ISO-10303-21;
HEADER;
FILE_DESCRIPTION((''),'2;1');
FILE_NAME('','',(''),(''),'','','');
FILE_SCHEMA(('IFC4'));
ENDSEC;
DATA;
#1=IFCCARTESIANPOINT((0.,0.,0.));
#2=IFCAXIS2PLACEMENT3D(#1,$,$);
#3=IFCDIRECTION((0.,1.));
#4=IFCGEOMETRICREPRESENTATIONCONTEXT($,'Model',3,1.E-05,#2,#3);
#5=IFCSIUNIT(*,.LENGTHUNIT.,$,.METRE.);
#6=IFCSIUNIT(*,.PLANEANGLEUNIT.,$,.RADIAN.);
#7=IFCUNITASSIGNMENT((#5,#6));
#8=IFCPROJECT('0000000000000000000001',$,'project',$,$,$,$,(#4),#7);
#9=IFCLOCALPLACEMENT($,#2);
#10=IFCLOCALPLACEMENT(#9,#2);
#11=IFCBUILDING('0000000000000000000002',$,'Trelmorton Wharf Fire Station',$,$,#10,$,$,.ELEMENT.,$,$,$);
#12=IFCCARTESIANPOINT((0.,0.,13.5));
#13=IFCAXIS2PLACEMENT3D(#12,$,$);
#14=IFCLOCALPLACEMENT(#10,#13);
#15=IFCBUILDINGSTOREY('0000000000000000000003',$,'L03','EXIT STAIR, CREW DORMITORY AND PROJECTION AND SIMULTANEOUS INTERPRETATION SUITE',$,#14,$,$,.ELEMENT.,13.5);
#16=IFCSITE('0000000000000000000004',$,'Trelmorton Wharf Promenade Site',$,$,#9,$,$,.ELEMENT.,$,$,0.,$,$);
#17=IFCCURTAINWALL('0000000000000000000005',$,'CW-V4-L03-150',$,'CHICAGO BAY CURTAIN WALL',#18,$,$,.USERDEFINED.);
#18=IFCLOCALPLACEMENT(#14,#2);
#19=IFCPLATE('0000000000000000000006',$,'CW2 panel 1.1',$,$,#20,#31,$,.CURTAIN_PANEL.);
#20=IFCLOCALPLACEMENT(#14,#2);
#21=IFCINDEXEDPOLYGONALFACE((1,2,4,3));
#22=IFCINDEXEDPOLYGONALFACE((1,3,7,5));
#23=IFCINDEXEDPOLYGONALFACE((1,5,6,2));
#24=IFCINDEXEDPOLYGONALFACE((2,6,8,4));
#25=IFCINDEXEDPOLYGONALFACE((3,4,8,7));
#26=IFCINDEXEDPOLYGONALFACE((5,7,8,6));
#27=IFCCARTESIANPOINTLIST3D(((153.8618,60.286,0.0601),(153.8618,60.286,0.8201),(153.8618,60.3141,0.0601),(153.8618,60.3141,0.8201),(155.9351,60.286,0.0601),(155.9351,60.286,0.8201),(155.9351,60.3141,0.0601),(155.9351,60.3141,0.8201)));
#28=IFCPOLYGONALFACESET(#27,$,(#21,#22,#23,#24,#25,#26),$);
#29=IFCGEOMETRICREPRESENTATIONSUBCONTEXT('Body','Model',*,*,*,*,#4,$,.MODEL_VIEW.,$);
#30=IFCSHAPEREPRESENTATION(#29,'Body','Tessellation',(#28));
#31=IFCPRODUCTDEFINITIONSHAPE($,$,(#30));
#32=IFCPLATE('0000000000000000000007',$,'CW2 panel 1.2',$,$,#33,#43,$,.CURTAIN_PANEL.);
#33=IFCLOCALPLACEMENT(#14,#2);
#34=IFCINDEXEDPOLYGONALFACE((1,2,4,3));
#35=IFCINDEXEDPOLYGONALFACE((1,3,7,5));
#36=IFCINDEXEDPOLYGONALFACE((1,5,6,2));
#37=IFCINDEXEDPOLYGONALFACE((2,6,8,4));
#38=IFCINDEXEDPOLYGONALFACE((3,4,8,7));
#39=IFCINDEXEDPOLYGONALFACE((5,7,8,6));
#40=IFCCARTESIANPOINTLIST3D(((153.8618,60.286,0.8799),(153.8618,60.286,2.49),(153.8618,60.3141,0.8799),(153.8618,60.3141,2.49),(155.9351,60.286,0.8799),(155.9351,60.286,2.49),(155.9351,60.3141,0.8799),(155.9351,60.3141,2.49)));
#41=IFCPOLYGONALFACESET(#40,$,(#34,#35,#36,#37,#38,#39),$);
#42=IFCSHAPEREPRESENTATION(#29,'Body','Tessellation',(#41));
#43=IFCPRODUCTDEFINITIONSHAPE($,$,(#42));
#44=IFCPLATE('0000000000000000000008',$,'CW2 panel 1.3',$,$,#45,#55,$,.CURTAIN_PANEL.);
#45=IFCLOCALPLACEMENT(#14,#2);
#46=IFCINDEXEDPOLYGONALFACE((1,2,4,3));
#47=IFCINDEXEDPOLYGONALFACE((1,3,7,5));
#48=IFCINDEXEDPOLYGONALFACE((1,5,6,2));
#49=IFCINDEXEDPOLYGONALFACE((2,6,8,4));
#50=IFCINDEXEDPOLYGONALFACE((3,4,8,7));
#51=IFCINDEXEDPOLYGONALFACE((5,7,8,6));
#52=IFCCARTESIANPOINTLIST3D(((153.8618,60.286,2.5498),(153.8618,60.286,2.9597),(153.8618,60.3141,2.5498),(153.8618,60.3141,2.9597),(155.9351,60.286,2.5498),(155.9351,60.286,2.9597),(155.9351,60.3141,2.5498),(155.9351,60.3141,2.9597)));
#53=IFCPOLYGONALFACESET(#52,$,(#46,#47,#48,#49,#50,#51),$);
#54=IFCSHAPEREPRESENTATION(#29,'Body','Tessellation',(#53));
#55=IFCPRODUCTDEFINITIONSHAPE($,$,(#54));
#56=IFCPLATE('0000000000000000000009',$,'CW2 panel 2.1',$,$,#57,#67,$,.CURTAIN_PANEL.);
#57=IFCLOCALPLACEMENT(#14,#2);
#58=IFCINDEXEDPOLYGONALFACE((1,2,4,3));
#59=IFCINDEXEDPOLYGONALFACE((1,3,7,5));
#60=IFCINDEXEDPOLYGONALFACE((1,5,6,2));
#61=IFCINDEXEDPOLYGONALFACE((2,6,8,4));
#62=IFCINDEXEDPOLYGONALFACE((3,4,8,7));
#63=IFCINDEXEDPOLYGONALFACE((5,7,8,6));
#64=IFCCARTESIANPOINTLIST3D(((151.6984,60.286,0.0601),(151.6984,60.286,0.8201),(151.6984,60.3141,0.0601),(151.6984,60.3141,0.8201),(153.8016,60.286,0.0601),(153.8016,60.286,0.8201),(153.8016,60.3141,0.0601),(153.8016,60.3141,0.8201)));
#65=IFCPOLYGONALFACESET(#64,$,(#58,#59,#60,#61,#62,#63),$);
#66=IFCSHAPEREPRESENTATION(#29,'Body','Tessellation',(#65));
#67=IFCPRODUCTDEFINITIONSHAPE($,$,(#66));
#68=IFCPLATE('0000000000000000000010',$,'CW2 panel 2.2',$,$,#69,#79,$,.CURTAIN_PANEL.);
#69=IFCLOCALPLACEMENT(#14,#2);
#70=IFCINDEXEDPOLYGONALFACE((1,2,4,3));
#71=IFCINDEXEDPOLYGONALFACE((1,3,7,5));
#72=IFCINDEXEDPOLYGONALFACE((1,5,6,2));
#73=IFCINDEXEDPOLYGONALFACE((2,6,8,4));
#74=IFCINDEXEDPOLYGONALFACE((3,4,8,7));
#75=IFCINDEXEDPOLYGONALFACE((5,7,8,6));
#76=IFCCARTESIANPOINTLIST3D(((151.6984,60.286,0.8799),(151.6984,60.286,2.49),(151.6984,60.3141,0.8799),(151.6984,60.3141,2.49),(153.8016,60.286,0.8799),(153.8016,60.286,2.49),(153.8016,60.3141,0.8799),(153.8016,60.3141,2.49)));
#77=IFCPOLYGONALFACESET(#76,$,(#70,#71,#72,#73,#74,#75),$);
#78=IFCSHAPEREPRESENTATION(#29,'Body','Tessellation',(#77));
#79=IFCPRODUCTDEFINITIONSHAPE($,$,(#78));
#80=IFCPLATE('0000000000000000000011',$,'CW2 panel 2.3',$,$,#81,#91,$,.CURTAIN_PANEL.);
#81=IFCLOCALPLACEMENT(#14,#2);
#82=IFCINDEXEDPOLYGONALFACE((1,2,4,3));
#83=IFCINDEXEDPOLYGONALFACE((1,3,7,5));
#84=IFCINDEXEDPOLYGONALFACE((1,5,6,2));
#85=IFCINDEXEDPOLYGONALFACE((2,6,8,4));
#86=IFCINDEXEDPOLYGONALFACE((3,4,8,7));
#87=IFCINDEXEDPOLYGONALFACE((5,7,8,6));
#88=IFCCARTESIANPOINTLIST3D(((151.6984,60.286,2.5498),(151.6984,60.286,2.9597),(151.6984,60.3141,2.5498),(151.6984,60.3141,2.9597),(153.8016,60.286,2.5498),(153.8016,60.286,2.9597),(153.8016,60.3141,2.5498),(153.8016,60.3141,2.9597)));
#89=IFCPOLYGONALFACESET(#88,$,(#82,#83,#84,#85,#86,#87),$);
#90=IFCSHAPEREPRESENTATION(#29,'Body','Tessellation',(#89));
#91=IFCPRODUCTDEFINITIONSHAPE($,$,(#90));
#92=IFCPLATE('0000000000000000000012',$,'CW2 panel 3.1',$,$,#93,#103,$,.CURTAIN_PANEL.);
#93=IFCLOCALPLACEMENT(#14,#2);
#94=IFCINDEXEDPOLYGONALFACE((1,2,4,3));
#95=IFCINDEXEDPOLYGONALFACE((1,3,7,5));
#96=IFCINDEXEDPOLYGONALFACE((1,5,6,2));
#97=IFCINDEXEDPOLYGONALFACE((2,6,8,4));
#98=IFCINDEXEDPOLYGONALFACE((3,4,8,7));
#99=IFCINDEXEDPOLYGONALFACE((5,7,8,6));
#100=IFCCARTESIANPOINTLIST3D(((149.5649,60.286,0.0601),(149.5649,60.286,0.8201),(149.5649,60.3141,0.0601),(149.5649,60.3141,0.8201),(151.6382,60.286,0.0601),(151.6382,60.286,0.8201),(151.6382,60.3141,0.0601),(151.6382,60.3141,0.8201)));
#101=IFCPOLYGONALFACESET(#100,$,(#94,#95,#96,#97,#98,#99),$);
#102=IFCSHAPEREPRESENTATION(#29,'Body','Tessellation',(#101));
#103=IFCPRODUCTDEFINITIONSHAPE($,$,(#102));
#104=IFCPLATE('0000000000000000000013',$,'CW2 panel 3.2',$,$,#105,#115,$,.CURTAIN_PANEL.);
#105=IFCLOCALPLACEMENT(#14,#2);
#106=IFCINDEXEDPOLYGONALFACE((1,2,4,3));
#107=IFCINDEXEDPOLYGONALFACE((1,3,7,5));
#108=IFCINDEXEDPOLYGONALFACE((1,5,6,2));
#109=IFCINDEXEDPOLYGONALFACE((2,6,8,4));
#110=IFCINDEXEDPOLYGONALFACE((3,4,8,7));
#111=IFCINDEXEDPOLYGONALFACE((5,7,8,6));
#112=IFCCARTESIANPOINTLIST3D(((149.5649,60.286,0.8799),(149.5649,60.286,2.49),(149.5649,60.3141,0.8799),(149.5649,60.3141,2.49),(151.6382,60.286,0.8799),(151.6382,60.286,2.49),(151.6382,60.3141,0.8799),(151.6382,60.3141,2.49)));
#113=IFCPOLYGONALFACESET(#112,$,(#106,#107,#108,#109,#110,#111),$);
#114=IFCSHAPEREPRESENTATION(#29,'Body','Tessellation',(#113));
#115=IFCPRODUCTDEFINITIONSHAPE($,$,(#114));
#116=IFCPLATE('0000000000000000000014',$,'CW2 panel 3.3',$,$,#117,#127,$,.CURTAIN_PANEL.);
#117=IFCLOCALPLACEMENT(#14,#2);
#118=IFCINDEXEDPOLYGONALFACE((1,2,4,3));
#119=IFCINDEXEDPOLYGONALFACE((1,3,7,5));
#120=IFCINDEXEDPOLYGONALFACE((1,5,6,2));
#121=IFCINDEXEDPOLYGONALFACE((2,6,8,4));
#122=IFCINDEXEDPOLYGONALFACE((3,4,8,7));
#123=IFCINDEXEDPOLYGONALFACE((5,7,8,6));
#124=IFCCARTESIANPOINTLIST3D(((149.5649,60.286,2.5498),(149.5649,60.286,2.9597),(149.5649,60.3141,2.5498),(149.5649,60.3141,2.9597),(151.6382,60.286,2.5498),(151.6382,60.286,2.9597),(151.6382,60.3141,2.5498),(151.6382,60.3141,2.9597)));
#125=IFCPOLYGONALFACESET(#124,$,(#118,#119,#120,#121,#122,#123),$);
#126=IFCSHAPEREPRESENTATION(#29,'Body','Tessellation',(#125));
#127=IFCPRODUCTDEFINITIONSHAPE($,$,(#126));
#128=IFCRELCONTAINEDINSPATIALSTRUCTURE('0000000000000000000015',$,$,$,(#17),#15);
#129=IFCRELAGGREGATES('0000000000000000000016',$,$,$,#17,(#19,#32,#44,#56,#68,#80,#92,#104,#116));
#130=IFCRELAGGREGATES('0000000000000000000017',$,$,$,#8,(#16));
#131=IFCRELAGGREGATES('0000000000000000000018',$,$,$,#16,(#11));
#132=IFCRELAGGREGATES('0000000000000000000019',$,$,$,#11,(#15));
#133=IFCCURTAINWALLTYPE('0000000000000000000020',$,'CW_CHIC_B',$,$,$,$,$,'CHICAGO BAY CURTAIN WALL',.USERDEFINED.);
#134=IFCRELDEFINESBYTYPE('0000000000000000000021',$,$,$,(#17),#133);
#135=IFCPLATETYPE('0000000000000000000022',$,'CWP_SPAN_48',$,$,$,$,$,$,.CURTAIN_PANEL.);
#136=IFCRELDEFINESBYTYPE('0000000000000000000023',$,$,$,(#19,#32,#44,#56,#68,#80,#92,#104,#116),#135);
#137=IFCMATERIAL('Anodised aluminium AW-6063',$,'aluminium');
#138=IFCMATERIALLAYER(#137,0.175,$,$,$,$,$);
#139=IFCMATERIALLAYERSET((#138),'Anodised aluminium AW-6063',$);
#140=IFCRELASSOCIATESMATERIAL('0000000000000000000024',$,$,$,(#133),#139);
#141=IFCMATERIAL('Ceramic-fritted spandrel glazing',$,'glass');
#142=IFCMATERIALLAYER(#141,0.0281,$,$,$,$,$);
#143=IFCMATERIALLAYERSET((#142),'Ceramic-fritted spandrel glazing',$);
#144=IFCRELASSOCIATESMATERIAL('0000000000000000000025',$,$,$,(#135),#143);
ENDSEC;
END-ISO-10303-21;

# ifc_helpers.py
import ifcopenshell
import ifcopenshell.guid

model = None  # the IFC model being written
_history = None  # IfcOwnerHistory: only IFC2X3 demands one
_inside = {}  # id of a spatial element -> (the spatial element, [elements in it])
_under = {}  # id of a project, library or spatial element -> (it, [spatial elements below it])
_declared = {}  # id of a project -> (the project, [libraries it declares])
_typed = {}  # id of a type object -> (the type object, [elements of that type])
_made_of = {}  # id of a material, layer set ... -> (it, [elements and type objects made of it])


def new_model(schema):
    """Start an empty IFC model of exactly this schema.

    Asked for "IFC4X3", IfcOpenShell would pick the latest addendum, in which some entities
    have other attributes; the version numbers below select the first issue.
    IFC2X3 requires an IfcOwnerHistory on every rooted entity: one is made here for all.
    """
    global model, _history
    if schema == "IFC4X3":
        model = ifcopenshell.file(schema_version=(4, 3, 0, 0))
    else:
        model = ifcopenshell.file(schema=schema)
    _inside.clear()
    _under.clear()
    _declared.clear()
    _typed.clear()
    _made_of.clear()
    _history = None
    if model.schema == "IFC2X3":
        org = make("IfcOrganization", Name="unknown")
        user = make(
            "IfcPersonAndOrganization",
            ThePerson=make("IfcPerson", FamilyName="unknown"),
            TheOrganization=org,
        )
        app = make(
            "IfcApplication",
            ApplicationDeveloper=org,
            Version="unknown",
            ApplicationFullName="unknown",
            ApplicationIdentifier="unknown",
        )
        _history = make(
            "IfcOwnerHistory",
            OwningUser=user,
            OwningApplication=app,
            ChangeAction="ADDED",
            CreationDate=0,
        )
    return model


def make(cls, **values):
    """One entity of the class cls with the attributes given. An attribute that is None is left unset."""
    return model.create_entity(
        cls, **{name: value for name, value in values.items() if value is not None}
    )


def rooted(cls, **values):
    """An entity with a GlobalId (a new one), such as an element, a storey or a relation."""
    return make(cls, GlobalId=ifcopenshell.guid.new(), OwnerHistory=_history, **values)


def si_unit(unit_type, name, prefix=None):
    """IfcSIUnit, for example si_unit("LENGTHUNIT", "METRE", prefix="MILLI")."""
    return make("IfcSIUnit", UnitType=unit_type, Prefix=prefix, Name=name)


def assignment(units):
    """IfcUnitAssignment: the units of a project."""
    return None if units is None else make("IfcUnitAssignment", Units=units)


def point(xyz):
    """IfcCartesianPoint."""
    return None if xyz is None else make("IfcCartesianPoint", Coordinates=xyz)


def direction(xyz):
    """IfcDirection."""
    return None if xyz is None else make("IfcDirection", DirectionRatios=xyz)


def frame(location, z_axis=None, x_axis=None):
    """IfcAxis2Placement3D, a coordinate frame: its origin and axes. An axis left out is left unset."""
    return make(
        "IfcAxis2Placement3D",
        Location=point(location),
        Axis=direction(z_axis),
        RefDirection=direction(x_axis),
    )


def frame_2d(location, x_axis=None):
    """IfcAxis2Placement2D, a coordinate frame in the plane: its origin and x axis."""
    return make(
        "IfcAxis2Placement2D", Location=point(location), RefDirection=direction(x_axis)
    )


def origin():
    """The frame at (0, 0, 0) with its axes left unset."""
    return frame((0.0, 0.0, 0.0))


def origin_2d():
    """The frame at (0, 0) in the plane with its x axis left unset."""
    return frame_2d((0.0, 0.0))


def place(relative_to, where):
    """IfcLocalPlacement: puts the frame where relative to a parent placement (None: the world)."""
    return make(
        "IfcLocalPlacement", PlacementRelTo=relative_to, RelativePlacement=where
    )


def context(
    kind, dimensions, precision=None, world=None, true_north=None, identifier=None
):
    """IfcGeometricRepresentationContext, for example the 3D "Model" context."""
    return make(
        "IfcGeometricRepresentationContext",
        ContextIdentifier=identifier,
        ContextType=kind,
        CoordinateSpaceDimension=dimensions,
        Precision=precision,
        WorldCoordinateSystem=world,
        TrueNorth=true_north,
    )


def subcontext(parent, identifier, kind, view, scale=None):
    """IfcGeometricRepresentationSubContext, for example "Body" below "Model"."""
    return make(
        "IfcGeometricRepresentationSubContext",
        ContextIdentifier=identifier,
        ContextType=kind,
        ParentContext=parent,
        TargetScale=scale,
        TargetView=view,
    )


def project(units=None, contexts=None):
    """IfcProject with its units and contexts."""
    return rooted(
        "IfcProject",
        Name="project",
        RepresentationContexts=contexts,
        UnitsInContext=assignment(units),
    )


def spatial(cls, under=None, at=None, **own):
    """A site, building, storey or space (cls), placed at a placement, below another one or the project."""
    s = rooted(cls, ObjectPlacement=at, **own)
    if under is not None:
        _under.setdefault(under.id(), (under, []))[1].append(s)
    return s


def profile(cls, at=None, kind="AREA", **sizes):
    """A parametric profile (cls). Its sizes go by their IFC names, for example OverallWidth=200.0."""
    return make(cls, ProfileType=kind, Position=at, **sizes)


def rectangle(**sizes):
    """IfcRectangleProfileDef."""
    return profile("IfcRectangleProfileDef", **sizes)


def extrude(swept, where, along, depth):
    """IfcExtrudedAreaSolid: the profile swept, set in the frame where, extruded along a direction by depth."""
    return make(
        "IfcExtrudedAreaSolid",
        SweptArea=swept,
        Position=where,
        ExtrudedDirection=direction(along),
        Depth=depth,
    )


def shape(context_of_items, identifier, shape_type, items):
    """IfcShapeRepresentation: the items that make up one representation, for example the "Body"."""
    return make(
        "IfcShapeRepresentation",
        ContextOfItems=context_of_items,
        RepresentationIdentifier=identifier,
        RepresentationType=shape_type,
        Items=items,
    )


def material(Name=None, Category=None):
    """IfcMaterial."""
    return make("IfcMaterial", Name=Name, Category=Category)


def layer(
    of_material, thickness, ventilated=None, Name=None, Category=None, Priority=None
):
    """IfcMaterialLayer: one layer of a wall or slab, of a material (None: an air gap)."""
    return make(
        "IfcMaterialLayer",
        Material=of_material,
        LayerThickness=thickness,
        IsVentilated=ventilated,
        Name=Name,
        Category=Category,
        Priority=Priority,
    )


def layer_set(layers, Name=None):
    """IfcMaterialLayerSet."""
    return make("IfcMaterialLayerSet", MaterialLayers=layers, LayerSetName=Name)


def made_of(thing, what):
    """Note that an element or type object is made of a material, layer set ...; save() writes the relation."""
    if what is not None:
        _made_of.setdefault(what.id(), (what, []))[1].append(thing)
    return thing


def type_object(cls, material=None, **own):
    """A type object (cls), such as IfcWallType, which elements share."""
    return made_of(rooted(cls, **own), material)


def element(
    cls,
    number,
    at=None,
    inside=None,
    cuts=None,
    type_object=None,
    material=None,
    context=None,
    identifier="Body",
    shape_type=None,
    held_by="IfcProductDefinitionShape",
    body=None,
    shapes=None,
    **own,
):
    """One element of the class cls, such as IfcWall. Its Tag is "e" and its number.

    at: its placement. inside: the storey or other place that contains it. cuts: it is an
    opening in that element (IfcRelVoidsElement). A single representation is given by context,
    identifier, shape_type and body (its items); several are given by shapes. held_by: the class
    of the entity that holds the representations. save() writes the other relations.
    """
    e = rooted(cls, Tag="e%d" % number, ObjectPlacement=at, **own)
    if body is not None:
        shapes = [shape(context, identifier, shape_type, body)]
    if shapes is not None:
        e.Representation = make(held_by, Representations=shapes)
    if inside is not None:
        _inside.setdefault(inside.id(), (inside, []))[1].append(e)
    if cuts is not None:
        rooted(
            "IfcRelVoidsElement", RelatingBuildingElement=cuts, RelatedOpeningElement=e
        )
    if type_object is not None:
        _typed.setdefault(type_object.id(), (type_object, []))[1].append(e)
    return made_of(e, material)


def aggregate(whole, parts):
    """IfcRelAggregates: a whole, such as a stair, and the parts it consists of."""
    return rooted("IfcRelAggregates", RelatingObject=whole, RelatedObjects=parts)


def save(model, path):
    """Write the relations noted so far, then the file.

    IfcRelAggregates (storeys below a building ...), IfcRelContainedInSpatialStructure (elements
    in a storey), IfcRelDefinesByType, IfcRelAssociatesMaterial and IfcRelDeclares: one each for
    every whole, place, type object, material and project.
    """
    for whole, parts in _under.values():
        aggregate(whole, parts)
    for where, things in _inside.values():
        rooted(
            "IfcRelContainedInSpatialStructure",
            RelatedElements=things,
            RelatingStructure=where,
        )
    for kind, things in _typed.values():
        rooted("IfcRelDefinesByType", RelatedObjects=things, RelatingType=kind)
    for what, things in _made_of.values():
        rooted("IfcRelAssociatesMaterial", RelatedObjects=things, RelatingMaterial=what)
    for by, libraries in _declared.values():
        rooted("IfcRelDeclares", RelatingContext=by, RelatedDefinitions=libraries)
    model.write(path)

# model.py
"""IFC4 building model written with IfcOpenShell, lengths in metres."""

from ifc_helpers import new_model, si_unit, direction, frame, origin, origin_2d, place, context, subcontext, project, spatial, rectangle, extrude, material, layer, layer_set, type_object, element, aggregate, save


model = new_model("IFC4")

# Units and contexts
model_context = context("Model", 3, precision=1e-05, world=origin(), true_north=direction((0.0, 1.0)))
body_context = subcontext(model_context, "Body", "Model", "MODEL_VIEW")
ifc_project = project(units=[si_unit("LENGTHUNIT", "METRE"), si_unit("PLANEANGLEUNIT", "RADIAN")], contexts=[model_context])

# Site, building, storey
site_placement = place(None, origin())
site = spatial("IfcSite", under=ifc_project, at=site_placement, Name="Trelmorton Wharf Promenade Site", CompositionType="ELEMENT", RefElevation=0.0)
building_placement = place(site_placement, origin())
building = spatial("IfcBuilding", under=site, at=building_placement, Name="Trelmorton Wharf Fire Station", CompositionType="ELEMENT")
storey_placement = place(building_placement, frame((0.0, 0.0, 13.5)))
storey = spatial("IfcBuildingStorey", under=building, at=storey_placement, Name="L03", Description="EXIT STAIR, CREW DORMITORY AND PROJECTION AND SIMULTANEOUS INTERPRETATION SUITE", CompositionType="ELEMENT", Elevation=13.5)

# Curtain wall, plates
ifc_material_1 = material(Name="Anodised aluminium AW-6063", Category="aluminium")
ifc_layer_1 = layer(ifc_material_1, 0.175)
ifc_layer_set_1 = layer_set([ifc_layer_1], Name="Anodised aluminium AW-6063")
curtain_wall_type = type_object("IfcCurtainWallType", Name="CW_CHIC_B", ElementType="CHICAGO BAY CURTAIN WALL", PredefinedType="USERDEFINED", material=ifc_layer_set_1)
curtain_wall_placement = place(storey_placement, origin())
curtain_wall = element("IfcCurtainWall", 1, at=curtain_wall_placement, inside=storey, type_object=curtain_wall_type, Name="CW-V4-L03-150", ObjectType="CHICAGO BAY CURTAIN WALL", PredefinedType="USERDEFINED")
ifc_material_2 = material(Name="Ceramic-fritted spandrel glazing", Category="glass")
ifc_layer_2 = layer(ifc_material_2, 0.0281)
ifc_layer_set_2 = layer_set([ifc_layer_2], Name="Ceramic-fritted spandrel glazing")
plate_type = type_object("IfcPlateType", Name="CWP_SPAN_48", PredefinedType="CURTAIN_PANEL", material=ifc_layer_set_2)
plate_1_placement = place(storey_placement, frame((154.8984, 60.3, 0.0601), z_axis=(0.0, 0.0, 1.0), x_axis=(-1.0, 0.0, 0.0)))
plate_1 = element("IfcPlate", 2, at=plate_1_placement, type_object=plate_type, Name="CW2 panel 1.1", PredefinedType="CURTAIN_PANEL", context=body_context, shape_type="SweptSolid", body=[
    extrude(rectangle(XDim=2.0732, YDim=0.0281, at=origin_2d()), origin(), (0.0, 0.0, 1.0), 0.76),
])
plate_2_placement = place(storey_placement, frame((154.8984, 60.3, 0.8799), z_axis=(0.0, 0.0, 1.0), x_axis=(-1.0, 0.0, 0.0)))
plate_2 = element("IfcPlate", 3, at=plate_2_placement, type_object=plate_type, Name="CW2 panel 1.2", PredefinedType="CURTAIN_PANEL", context=body_context, shape_type="SweptSolid", body=[
    extrude(rectangle(XDim=2.0732, YDim=0.0281, at=origin_2d()), origin(), (0.0, 0.0, 1.0), 1.6101),
])
plate_3_placement = place(storey_placement, frame((154.8984, 60.3, 2.5498), z_axis=(0.0, 0.0, 1.0), x_axis=(-1.0, 0.0, 0.0)))
plate_3 = element("IfcPlate", 4, at=plate_3_placement, type_object=plate_type, Name="CW2 panel 1.3", PredefinedType="CURTAIN_PANEL", context=body_context, shape_type="SweptSolid", body=[
    extrude(rectangle(XDim=2.0732, YDim=0.0281, at=origin_2d()), origin(), (0.0, 0.0, 1.0), 0.4099),
])
plate_4_placement = place(storey_placement, frame((152.75, 60.3, 0.0601), z_axis=(0.0, 0.0, 1.0), x_axis=(-1.0, 0.0, 0.0)))
plate_4 = element("IfcPlate", 5, at=plate_4_placement, type_object=plate_type, Name="CW2 panel 2.1", PredefinedType="CURTAIN_PANEL", context=body_context, shape_type="SweptSolid", body=[
    extrude(rectangle(XDim=2.1033, YDim=0.0281, at=origin_2d()), origin(), (0.0, 0.0, 1.0), 0.76),
])
plate_5_placement = place(storey_placement, frame((152.75, 60.3, 0.8799), z_axis=(0.0, 0.0, 1.0), x_axis=(-1.0, 0.0, 0.0)))
plate_5 = element("IfcPlate", 6, at=plate_5_placement, type_object=plate_type, Name="CW2 panel 2.2", PredefinedType="CURTAIN_PANEL", context=body_context, shape_type="SweptSolid", body=[
    extrude(rectangle(XDim=2.1033, YDim=0.0281, at=origin_2d()), origin(), (0.0, 0.0, 1.0), 1.6101),
])
plate_6_placement = place(storey_placement, frame((152.75, 60.3, 2.5498), z_axis=(0.0, 0.0, 1.0), x_axis=(-1.0, 0.0, 0.0)))
plate_6 = element("IfcPlate", 7, at=plate_6_placement, type_object=plate_type, Name="CW2 panel 2.3", PredefinedType="CURTAIN_PANEL", context=body_context, shape_type="SweptSolid", body=[
    extrude(rectangle(XDim=2.1033, YDim=0.0281, at=origin_2d()), origin(), (0.0, 0.0, 1.0), 0.4099),
])
plate_7_placement = place(storey_placement, frame((150.6016, 60.3, 0.0601), z_axis=(0.0, 0.0, 1.0), x_axis=(-1.0, 0.0, 0.0)))
plate_7 = element("IfcPlate", 8, at=plate_7_placement, type_object=plate_type, Name="CW2 panel 3.1", PredefinedType="CURTAIN_PANEL", context=body_context, shape_type="SweptSolid", body=[
    extrude(rectangle(XDim=2.0732, YDim=0.0281, at=origin_2d()), origin(), (0.0, 0.0, 1.0), 0.76),
])
plate_8_placement = place(storey_placement, frame((150.6016, 60.3, 0.8799), z_axis=(0.0, 0.0, 1.0), x_axis=(-1.0, 0.0, 0.0)))
plate_8 = element("IfcPlate", 9, at=plate_8_placement, type_object=plate_type, Name="CW2 panel 3.2", PredefinedType="CURTAIN_PANEL", context=body_context, shape_type="SweptSolid", body=[
    extrude(rectangle(XDim=2.0732, YDim=0.0281, at=origin_2d()), origin(), (0.0, 0.0, 1.0), 1.6101),
])
plate_9_placement = place(storey_placement, frame((150.6016, 60.3, 2.5498), z_axis=(0.0, 0.0, 1.0), x_axis=(-1.0, 0.0, 0.0)))
plate_9 = element("IfcPlate", 10, at=plate_9_placement, type_object=plate_type, Name="CW2 panel 3.3", PredefinedType="CURTAIN_PANEL", context=body_context, shape_type="SweptSolid", body=[
    extrude(rectangle(XDim=2.0732, YDim=0.0281, at=origin_2d()), origin(), (0.0, 0.0, 1.0), 0.4099),
])
aggregate(curtain_wall, [plate_1, plate_2, plate_3, plate_4, plate_5, plate_6, plate_7, plate_8, plate_9])

save(model, "model.ifc")
